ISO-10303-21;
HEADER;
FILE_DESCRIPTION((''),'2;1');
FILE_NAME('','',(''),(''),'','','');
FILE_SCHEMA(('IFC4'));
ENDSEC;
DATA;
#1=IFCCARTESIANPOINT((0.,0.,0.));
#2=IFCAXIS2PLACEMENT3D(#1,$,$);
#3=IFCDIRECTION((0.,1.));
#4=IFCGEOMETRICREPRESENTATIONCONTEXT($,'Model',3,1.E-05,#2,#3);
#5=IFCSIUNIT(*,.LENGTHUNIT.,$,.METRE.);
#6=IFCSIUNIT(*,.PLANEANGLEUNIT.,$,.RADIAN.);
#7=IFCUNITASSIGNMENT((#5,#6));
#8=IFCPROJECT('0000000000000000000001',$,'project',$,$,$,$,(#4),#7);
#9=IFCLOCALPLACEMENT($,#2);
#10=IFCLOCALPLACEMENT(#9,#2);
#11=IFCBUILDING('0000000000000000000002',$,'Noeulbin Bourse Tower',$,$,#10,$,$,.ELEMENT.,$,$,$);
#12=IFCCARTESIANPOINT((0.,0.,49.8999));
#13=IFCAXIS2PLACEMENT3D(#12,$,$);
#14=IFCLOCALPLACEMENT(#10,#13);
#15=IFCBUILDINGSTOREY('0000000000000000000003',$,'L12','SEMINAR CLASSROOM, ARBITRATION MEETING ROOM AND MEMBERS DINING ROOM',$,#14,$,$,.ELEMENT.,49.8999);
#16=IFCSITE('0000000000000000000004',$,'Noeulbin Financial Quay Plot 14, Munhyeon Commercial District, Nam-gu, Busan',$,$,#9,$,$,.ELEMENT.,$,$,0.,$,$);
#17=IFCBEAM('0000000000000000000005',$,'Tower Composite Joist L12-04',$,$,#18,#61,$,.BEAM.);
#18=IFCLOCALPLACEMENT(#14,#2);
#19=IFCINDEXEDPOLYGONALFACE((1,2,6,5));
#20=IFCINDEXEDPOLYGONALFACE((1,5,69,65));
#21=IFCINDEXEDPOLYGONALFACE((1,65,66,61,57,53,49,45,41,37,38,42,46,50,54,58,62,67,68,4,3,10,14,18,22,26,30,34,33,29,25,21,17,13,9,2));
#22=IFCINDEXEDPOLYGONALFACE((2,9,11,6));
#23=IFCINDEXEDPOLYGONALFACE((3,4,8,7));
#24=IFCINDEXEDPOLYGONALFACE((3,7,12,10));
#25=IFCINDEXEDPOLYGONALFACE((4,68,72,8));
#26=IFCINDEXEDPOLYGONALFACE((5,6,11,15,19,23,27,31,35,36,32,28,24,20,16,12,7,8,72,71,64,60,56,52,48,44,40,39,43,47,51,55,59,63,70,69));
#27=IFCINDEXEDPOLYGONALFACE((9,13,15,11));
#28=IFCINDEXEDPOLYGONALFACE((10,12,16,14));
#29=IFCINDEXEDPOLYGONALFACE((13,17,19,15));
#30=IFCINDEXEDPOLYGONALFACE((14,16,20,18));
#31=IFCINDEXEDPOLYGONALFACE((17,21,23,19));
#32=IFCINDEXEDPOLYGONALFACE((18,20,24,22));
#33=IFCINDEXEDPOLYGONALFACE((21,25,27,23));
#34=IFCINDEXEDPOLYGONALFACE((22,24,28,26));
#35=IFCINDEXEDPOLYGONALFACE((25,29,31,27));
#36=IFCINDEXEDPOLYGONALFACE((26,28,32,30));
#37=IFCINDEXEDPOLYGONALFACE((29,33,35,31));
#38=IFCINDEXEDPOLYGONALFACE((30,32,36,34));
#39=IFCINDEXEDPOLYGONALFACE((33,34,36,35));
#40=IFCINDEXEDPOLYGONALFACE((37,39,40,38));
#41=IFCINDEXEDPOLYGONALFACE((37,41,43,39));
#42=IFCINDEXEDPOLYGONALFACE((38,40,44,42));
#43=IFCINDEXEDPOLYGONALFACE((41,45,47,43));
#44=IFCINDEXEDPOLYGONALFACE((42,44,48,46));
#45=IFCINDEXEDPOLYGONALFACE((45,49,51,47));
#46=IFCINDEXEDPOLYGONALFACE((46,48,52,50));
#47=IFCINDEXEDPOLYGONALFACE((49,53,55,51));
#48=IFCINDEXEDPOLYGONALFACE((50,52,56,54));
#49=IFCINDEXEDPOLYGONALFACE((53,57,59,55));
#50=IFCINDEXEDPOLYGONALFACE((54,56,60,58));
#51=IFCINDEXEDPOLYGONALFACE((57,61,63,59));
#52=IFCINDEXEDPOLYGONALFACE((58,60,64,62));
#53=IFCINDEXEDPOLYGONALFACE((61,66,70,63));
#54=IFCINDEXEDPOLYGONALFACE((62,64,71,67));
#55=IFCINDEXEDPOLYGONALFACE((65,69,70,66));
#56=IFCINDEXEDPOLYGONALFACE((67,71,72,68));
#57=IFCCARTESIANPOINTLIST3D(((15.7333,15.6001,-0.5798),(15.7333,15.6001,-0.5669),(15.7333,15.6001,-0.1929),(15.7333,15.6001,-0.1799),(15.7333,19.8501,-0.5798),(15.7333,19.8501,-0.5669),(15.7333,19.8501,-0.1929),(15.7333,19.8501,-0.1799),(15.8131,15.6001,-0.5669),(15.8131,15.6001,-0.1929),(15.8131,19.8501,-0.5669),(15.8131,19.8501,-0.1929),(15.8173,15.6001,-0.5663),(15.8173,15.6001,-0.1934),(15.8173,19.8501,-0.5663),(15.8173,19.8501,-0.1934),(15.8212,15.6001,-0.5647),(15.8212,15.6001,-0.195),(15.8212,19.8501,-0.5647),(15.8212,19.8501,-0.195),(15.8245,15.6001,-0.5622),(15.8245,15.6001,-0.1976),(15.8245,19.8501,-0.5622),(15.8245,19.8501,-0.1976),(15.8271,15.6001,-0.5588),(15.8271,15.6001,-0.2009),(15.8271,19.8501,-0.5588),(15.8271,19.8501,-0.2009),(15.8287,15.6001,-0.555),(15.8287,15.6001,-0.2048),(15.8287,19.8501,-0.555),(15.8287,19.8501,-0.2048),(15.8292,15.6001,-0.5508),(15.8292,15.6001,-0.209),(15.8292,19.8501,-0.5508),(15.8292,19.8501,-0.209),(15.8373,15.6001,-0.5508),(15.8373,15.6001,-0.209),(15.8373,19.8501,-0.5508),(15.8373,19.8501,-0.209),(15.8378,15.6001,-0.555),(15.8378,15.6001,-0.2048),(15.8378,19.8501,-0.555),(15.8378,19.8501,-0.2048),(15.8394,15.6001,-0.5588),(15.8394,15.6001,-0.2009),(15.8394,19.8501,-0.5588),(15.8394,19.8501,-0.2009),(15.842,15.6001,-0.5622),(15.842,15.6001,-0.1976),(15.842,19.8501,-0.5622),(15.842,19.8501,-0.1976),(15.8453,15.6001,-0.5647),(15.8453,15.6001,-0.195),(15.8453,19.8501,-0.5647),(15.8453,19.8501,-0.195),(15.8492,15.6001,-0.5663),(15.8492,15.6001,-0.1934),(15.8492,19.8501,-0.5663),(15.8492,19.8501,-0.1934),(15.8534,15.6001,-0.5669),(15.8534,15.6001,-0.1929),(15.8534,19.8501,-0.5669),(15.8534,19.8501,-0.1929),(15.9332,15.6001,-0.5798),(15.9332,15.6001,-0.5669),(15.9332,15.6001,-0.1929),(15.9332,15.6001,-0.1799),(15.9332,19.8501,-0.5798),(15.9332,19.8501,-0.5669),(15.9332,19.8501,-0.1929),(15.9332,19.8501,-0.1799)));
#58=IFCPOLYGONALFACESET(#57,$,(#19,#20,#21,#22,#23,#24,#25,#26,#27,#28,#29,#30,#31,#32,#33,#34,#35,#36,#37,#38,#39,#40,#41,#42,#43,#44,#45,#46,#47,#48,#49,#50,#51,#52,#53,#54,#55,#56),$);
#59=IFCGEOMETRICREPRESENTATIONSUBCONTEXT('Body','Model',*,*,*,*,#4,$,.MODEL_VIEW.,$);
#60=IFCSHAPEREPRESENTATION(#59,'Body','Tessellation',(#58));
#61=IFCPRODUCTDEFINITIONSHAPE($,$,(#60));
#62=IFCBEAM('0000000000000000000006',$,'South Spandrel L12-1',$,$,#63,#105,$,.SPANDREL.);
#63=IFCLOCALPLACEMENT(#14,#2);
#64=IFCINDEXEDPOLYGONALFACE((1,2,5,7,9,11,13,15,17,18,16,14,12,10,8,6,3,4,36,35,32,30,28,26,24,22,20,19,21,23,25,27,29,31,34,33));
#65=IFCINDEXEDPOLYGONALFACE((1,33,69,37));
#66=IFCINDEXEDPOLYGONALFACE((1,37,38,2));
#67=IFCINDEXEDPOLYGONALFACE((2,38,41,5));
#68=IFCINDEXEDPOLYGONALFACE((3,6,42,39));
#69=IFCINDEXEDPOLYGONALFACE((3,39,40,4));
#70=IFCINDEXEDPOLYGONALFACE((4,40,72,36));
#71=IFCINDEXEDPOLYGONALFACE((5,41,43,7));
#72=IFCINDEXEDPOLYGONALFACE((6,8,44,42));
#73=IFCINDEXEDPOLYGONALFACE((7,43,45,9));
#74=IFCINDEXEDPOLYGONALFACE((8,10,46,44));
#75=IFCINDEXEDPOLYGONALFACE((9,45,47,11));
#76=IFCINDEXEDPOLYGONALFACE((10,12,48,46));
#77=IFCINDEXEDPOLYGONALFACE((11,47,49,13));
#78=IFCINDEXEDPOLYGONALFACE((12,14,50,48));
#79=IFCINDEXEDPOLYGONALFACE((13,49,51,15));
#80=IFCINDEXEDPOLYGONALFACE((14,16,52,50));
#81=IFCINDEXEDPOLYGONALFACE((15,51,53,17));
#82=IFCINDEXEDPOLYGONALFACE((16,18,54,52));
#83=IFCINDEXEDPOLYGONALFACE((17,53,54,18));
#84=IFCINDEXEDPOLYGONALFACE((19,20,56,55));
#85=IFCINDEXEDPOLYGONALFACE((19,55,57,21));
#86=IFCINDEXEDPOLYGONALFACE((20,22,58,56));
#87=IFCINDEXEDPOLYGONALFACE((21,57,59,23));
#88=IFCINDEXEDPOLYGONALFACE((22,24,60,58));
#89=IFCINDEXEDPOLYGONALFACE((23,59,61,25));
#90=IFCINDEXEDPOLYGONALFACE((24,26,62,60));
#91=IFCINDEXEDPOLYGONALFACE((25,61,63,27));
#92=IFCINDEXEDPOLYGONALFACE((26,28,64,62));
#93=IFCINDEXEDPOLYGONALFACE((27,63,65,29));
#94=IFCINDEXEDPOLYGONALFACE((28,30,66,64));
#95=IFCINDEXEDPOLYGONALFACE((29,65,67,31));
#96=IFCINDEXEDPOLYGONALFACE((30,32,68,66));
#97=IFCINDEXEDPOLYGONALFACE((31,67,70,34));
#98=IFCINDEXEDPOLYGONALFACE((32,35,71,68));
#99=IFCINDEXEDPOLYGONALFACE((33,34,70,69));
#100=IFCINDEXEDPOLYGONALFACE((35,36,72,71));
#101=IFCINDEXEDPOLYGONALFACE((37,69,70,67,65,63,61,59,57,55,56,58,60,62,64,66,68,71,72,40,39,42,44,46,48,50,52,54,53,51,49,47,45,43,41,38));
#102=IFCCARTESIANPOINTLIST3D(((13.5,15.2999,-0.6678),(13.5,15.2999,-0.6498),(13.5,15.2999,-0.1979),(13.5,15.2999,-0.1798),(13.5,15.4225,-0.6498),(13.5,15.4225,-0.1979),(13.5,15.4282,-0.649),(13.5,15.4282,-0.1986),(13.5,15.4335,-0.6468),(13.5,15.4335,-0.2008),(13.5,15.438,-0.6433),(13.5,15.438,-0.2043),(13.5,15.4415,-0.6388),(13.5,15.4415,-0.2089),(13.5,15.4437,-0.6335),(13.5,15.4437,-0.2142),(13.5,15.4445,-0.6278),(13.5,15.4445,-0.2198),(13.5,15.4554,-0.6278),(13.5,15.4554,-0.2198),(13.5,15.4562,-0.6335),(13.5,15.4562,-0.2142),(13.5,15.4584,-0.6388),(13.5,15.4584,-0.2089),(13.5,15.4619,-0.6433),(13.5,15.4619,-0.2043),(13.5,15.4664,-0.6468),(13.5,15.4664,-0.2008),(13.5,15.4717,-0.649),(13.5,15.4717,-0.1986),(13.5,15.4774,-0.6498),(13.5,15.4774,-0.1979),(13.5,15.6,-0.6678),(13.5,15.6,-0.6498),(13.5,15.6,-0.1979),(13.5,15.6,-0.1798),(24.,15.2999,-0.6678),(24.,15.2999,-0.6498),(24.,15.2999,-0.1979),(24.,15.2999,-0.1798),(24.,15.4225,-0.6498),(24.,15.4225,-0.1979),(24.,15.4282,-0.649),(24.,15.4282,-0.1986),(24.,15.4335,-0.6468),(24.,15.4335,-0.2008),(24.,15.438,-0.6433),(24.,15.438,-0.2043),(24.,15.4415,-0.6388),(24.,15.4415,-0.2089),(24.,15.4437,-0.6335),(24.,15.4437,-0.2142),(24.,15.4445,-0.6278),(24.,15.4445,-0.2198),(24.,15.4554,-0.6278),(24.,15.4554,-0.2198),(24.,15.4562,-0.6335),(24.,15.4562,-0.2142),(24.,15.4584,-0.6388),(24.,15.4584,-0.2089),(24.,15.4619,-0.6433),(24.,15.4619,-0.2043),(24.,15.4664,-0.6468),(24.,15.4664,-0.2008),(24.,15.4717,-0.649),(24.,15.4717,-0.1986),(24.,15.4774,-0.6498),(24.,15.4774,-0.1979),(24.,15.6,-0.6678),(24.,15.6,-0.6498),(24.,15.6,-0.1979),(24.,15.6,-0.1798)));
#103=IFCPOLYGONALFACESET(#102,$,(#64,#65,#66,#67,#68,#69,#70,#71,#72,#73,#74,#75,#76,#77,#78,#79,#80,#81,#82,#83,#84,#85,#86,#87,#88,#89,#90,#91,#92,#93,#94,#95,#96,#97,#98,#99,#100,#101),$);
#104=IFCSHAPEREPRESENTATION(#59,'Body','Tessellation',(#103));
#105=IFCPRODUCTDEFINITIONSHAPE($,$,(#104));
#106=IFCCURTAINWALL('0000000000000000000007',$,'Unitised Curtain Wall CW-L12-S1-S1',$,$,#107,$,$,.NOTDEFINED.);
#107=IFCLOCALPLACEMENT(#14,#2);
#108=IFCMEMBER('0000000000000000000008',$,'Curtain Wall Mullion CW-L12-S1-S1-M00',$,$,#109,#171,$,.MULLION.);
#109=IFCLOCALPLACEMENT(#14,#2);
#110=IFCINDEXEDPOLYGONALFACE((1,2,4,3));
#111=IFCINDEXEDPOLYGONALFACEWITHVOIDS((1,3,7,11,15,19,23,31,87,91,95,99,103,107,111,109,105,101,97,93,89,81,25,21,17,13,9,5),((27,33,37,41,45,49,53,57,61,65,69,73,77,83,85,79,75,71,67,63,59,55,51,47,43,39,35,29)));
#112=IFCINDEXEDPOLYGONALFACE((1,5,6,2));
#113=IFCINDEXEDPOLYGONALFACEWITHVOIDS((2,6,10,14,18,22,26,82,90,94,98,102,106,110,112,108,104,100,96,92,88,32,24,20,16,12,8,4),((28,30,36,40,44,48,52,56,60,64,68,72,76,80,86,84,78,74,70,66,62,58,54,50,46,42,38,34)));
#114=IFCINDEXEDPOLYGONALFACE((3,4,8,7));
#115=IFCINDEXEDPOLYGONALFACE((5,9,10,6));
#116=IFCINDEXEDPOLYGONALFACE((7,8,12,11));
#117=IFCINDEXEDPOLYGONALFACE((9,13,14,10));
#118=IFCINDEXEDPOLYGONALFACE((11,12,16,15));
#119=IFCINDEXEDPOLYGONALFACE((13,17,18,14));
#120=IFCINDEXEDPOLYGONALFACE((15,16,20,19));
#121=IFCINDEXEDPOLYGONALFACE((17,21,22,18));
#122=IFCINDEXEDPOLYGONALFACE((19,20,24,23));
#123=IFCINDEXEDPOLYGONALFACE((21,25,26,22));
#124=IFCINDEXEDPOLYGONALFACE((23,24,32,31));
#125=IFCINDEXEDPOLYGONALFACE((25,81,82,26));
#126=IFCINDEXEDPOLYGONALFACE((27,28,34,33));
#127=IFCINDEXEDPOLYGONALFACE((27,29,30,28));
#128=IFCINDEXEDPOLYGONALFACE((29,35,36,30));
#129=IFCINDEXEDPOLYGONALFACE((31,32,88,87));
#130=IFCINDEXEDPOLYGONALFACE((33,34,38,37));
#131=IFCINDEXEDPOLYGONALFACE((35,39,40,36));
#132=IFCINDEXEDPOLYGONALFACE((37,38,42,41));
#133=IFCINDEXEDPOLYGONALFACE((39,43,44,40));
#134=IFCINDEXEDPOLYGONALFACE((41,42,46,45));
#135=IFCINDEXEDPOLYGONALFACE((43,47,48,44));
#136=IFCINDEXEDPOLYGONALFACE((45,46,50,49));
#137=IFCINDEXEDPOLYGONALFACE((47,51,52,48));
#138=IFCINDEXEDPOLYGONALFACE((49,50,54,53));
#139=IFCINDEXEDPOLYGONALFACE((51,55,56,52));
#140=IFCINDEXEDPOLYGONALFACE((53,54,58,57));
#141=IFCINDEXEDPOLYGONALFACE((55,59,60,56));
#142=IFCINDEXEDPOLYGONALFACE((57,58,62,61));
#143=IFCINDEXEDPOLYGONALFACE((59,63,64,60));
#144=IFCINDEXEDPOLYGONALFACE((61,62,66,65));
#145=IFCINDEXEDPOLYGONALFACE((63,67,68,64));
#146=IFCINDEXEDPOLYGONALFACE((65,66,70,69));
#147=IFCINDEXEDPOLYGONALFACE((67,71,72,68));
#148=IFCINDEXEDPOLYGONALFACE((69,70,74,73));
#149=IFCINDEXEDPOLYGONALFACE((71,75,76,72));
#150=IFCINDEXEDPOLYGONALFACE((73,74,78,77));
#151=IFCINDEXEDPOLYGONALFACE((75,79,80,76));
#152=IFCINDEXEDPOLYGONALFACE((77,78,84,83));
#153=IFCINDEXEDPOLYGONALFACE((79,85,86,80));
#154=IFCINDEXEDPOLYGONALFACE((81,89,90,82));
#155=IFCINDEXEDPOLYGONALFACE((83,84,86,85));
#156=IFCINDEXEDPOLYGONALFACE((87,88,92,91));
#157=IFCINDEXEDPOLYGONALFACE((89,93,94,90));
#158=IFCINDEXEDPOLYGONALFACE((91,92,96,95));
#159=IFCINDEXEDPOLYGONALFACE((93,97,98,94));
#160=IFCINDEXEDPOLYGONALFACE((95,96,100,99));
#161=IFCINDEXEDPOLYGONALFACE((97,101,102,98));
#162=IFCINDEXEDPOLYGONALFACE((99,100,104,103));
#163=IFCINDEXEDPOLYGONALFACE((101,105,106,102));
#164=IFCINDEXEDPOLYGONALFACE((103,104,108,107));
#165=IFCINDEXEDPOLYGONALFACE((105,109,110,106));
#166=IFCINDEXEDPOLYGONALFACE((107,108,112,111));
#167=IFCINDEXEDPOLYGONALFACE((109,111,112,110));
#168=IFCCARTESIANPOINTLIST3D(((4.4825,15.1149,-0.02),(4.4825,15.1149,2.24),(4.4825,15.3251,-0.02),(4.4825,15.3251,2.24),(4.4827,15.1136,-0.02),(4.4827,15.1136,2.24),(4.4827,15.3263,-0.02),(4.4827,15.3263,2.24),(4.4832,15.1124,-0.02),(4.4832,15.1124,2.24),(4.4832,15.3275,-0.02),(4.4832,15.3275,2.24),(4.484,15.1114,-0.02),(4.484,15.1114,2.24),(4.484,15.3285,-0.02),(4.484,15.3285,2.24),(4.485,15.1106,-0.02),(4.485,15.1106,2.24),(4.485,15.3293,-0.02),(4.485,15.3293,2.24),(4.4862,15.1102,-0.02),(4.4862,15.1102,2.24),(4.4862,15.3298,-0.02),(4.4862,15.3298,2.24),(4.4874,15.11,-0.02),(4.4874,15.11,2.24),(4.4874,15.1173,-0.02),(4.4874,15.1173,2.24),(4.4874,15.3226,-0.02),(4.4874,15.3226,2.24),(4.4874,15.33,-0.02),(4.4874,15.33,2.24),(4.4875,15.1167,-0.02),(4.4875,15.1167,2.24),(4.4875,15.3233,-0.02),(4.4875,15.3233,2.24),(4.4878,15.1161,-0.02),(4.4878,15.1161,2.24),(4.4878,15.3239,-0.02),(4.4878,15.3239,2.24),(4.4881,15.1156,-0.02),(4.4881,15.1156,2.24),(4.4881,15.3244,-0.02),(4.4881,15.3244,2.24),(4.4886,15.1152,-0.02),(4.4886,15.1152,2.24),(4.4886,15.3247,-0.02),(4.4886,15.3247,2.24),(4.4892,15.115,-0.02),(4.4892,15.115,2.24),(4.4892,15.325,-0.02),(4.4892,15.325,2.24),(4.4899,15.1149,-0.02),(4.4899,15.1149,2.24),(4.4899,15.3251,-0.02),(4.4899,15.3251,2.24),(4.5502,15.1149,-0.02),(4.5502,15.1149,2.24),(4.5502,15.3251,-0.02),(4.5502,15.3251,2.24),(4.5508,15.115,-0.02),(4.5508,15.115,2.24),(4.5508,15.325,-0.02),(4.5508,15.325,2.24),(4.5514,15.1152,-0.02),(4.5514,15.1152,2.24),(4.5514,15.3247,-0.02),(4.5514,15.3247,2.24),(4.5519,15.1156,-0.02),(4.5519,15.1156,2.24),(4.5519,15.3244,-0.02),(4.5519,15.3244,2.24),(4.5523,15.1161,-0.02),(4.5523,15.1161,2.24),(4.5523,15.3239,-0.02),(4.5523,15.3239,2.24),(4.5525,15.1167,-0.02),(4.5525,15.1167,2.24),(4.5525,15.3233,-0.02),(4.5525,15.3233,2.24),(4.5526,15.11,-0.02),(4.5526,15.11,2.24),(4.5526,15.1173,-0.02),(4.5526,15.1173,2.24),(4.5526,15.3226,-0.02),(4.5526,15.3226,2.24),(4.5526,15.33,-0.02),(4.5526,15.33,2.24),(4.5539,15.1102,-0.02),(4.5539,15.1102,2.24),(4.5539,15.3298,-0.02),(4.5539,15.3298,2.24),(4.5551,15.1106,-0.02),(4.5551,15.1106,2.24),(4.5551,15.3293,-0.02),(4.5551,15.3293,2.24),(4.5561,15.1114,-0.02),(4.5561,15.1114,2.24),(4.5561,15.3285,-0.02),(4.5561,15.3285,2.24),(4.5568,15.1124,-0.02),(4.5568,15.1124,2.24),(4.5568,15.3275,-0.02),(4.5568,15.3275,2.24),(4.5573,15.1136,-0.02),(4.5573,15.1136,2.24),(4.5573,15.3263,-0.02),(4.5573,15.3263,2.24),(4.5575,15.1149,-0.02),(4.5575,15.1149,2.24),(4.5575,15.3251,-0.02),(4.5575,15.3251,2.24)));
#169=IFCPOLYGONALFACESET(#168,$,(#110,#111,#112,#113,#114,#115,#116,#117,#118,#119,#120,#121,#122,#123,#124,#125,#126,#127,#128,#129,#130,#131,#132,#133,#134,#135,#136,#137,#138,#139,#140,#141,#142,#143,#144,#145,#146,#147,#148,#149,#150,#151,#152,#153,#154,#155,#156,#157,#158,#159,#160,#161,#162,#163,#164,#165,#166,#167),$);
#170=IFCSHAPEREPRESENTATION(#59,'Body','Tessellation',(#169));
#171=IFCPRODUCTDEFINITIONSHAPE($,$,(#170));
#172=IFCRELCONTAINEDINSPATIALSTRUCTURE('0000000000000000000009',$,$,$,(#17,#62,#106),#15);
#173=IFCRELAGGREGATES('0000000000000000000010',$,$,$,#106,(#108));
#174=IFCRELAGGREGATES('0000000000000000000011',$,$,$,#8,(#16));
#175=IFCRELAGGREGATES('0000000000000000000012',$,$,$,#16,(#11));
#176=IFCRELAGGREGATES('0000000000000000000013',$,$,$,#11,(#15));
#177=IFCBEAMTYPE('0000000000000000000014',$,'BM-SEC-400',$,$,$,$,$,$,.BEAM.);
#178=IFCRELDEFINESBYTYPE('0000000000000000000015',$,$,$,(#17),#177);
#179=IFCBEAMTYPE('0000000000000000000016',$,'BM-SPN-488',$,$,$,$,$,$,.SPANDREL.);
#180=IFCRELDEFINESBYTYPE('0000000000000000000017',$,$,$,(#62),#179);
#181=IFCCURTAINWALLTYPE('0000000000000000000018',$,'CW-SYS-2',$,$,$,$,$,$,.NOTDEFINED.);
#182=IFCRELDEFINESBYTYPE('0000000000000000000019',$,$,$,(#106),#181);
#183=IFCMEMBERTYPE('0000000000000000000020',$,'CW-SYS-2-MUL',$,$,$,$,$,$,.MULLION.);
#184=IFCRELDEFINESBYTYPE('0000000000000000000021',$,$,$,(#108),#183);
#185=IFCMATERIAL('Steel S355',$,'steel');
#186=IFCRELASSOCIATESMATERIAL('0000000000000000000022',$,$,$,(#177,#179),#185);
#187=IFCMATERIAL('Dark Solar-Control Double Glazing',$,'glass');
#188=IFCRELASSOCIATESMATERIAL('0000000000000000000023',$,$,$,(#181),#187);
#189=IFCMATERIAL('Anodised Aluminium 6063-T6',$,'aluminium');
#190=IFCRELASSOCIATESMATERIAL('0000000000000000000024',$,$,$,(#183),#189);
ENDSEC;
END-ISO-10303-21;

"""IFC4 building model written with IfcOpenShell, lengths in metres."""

from ifc_helpers import new_model, si_unit, direction, frame, origin, origin_2d, place, context, subcontext, project, spatial, hollow_rectangle, i_section, extrude, material, material_profile, profile_set, type_object, element, aggregate, save


model = new_model("IFC4")

# Units and contexts
model_context = context("Model", 3, precision=1e-05, world=origin(), true_north=direction((0.0, 1.0)))
body_context = subcontext(model_context, "Body", "Model", "MODEL_VIEW")
ifc_project = project(units=[si_unit("LENGTHUNIT", "METRE"), si_unit("PLANEANGLEUNIT", "RADIAN")], contexts=[model_context])

# Site, building, storey
site_placement = place(None, origin())
site = spatial("IfcSite", under=ifc_project, at=site_placement, Name="Noeulbin Financial Quay Plot 14, Munhyeon Commercial District, Nam-gu, Busan", CompositionType="ELEMENT", RefElevation=0.0)
building_placement = place(site_placement, origin())
building = spatial("IfcBuilding", under=site, at=building_placement, Name="Noeulbin Bourse Tower", CompositionType="ELEMENT")
storey_placement = place(building_placement, frame((0.0, 0.0, 49.8999)))
storey = spatial("IfcBuildingStorey", under=building, at=storey_placement, Name="L12", Description="SEMINAR CLASSROOM, ARBITRATION MEETING ROOM AND MEMBERS DINING ROOM", CompositionType="ELEMENT", Elevation=49.8999)

# Beams
ifc_material_1 = material(Name="Steel S355", Category="steel")
ifc_material_profile_1 = material_profile(ifc_material_1, i_section(OverallWidth=0.2, OverallDepth=0.3999, WebThickness=0.0081, FlangeThickness=0.0129, FilletRadius=0.0161, at=origin_2d()), Name="H-400x200x8x13", Category="LoadBearing")
ifc_profile_set_1 = profile_set([ifc_material_profile_1], Name="Steel S355")
beam_type_1 = type_object("IfcBeamType", Name="BM-SEC-400", PredefinedType="BEAM", material=ifc_profile_set_1)
for number, where, z_axis, x_axis, name in (
    (1, (15.8333, 15.6001, -0.3799), (0.0, 1.0, 0.0), (-1.0, 0.0, 0.0), "Tower Composite Joist L12-04"),
):
    element("IfcBeam", number, at=place(storey_placement, frame(where, z_axis=z_axis, x_axis=x_axis)), inside=storey, type_object=beam_type_1, Name=name, PredefinedType="BEAM", context=body_context, shape_type="SweptSolid", body=[
        extrude(i_section(OverallWidth=0.2, OverallDepth=0.3999, WebThickness=0.0081, FlangeThickness=0.0129, FilletRadius=0.0161, at=origin_2d()), origin(), (0.0, 0.0, 1.0), 4.25),
    ])
ifc_material_profile_2 = material_profile(ifc_material_1, i_section(OverallWidth=0.3, OverallDepth=0.488, WebThickness=0.011, FlangeThickness=0.0181, FilletRadius=0.022, at=origin_2d()), Name="H-488x300x11x18", Category="LoadBearing")
ifc_profile_set_2 = profile_set([ifc_material_profile_2], Name="Steel S355")
beam_type_2 = type_object("IfcBeamType", Name="BM-SPN-488", PredefinedType="SPANDREL", material=ifc_profile_set_2)
beam_1_placement = place(storey_placement, frame((13.5, 15.45, -0.4238), z_axis=(1.0, 0.0, 0.0), x_axis=(0.0, 1.0, 0.0)))
element("IfcBeam", 2, at=beam_1_placement, inside=storey, type_object=beam_type_2, Name="South Spandrel L12-1", PredefinedType="SPANDREL", context=body_context, shape_type="SweptSolid", body=[
    extrude(i_section(OverallWidth=0.3, OverallDepth=0.488, WebThickness=0.011, FlangeThickness=0.0181, FilletRadius=0.022, at=origin_2d()), origin(), (0.0, 0.0, 1.0), 10.5),
])

# Curtain wall, member
ifc_material_2 = material(Name="Dark Solar-Control Double Glazing", Category="glass")
curtain_wall_type = type_object("IfcCurtainWallType", Name="CW-SYS-2", PredefinedType="NOTDEFINED", material=ifc_material_2)
curtain_wall_1_placement = place(storey_placement, origin())
curtain_wall_1 = element("IfcCurtainWall", 3, at=curtain_wall_1_placement, inside=storey, type_object=curtain_wall_type, Name="Unitised Curtain Wall CW-L12-S1-S1", PredefinedType="NOTDEFINED")
ifc_material_3 = material(Name="Anodised Aluminium 6063-T6", Category="aluminium")
ifc_material_profile_3 = material_profile(ifc_material_3, hollow_rectangle(XDim=0.075, YDim=0.22, WallThickness=0.0049, InnerFilletRadius=0.0024, OuterFilletRadius=0.0049, at=origin_2d()), Name="ALU-MULL-75x220x5", Category="LoadBearing")
ifc_profile_set_3 = profile_set([ifc_material_profile_3], Name="Anodised Aluminium 6063-T6")
member_type_1 = type_object("IfcMemberType", Name="CW-SYS-2-MUL", PredefinedType="MULLION", material=ifc_profile_set_3)
member_1_placement = place(storey_placement, frame((4.52, 15.22, -0.02), z_axis=(0.0, 0.0, 1.0), x_axis=(1.0, 0.0, 0.0)))
member_1 = element("IfcMember", 4, at=member_1_placement, type_object=member_type_1, Name="Curtain Wall Mullion CW-L12-S1-S1-M00", PredefinedType="MULLION", context=body_context, shape_type="SweptSolid", body=[
    extrude(hollow_rectangle(XDim=0.075, YDim=0.22, WallThickness=0.0049, InnerFilletRadius=0.0024, OuterFilletRadius=0.0049, at=origin_2d()), origin(), (0.0, 0.0, 1.0), 2.26),
])

aggregate(curtain_wall_1, [member_1])

save(model, "model.ifc")
